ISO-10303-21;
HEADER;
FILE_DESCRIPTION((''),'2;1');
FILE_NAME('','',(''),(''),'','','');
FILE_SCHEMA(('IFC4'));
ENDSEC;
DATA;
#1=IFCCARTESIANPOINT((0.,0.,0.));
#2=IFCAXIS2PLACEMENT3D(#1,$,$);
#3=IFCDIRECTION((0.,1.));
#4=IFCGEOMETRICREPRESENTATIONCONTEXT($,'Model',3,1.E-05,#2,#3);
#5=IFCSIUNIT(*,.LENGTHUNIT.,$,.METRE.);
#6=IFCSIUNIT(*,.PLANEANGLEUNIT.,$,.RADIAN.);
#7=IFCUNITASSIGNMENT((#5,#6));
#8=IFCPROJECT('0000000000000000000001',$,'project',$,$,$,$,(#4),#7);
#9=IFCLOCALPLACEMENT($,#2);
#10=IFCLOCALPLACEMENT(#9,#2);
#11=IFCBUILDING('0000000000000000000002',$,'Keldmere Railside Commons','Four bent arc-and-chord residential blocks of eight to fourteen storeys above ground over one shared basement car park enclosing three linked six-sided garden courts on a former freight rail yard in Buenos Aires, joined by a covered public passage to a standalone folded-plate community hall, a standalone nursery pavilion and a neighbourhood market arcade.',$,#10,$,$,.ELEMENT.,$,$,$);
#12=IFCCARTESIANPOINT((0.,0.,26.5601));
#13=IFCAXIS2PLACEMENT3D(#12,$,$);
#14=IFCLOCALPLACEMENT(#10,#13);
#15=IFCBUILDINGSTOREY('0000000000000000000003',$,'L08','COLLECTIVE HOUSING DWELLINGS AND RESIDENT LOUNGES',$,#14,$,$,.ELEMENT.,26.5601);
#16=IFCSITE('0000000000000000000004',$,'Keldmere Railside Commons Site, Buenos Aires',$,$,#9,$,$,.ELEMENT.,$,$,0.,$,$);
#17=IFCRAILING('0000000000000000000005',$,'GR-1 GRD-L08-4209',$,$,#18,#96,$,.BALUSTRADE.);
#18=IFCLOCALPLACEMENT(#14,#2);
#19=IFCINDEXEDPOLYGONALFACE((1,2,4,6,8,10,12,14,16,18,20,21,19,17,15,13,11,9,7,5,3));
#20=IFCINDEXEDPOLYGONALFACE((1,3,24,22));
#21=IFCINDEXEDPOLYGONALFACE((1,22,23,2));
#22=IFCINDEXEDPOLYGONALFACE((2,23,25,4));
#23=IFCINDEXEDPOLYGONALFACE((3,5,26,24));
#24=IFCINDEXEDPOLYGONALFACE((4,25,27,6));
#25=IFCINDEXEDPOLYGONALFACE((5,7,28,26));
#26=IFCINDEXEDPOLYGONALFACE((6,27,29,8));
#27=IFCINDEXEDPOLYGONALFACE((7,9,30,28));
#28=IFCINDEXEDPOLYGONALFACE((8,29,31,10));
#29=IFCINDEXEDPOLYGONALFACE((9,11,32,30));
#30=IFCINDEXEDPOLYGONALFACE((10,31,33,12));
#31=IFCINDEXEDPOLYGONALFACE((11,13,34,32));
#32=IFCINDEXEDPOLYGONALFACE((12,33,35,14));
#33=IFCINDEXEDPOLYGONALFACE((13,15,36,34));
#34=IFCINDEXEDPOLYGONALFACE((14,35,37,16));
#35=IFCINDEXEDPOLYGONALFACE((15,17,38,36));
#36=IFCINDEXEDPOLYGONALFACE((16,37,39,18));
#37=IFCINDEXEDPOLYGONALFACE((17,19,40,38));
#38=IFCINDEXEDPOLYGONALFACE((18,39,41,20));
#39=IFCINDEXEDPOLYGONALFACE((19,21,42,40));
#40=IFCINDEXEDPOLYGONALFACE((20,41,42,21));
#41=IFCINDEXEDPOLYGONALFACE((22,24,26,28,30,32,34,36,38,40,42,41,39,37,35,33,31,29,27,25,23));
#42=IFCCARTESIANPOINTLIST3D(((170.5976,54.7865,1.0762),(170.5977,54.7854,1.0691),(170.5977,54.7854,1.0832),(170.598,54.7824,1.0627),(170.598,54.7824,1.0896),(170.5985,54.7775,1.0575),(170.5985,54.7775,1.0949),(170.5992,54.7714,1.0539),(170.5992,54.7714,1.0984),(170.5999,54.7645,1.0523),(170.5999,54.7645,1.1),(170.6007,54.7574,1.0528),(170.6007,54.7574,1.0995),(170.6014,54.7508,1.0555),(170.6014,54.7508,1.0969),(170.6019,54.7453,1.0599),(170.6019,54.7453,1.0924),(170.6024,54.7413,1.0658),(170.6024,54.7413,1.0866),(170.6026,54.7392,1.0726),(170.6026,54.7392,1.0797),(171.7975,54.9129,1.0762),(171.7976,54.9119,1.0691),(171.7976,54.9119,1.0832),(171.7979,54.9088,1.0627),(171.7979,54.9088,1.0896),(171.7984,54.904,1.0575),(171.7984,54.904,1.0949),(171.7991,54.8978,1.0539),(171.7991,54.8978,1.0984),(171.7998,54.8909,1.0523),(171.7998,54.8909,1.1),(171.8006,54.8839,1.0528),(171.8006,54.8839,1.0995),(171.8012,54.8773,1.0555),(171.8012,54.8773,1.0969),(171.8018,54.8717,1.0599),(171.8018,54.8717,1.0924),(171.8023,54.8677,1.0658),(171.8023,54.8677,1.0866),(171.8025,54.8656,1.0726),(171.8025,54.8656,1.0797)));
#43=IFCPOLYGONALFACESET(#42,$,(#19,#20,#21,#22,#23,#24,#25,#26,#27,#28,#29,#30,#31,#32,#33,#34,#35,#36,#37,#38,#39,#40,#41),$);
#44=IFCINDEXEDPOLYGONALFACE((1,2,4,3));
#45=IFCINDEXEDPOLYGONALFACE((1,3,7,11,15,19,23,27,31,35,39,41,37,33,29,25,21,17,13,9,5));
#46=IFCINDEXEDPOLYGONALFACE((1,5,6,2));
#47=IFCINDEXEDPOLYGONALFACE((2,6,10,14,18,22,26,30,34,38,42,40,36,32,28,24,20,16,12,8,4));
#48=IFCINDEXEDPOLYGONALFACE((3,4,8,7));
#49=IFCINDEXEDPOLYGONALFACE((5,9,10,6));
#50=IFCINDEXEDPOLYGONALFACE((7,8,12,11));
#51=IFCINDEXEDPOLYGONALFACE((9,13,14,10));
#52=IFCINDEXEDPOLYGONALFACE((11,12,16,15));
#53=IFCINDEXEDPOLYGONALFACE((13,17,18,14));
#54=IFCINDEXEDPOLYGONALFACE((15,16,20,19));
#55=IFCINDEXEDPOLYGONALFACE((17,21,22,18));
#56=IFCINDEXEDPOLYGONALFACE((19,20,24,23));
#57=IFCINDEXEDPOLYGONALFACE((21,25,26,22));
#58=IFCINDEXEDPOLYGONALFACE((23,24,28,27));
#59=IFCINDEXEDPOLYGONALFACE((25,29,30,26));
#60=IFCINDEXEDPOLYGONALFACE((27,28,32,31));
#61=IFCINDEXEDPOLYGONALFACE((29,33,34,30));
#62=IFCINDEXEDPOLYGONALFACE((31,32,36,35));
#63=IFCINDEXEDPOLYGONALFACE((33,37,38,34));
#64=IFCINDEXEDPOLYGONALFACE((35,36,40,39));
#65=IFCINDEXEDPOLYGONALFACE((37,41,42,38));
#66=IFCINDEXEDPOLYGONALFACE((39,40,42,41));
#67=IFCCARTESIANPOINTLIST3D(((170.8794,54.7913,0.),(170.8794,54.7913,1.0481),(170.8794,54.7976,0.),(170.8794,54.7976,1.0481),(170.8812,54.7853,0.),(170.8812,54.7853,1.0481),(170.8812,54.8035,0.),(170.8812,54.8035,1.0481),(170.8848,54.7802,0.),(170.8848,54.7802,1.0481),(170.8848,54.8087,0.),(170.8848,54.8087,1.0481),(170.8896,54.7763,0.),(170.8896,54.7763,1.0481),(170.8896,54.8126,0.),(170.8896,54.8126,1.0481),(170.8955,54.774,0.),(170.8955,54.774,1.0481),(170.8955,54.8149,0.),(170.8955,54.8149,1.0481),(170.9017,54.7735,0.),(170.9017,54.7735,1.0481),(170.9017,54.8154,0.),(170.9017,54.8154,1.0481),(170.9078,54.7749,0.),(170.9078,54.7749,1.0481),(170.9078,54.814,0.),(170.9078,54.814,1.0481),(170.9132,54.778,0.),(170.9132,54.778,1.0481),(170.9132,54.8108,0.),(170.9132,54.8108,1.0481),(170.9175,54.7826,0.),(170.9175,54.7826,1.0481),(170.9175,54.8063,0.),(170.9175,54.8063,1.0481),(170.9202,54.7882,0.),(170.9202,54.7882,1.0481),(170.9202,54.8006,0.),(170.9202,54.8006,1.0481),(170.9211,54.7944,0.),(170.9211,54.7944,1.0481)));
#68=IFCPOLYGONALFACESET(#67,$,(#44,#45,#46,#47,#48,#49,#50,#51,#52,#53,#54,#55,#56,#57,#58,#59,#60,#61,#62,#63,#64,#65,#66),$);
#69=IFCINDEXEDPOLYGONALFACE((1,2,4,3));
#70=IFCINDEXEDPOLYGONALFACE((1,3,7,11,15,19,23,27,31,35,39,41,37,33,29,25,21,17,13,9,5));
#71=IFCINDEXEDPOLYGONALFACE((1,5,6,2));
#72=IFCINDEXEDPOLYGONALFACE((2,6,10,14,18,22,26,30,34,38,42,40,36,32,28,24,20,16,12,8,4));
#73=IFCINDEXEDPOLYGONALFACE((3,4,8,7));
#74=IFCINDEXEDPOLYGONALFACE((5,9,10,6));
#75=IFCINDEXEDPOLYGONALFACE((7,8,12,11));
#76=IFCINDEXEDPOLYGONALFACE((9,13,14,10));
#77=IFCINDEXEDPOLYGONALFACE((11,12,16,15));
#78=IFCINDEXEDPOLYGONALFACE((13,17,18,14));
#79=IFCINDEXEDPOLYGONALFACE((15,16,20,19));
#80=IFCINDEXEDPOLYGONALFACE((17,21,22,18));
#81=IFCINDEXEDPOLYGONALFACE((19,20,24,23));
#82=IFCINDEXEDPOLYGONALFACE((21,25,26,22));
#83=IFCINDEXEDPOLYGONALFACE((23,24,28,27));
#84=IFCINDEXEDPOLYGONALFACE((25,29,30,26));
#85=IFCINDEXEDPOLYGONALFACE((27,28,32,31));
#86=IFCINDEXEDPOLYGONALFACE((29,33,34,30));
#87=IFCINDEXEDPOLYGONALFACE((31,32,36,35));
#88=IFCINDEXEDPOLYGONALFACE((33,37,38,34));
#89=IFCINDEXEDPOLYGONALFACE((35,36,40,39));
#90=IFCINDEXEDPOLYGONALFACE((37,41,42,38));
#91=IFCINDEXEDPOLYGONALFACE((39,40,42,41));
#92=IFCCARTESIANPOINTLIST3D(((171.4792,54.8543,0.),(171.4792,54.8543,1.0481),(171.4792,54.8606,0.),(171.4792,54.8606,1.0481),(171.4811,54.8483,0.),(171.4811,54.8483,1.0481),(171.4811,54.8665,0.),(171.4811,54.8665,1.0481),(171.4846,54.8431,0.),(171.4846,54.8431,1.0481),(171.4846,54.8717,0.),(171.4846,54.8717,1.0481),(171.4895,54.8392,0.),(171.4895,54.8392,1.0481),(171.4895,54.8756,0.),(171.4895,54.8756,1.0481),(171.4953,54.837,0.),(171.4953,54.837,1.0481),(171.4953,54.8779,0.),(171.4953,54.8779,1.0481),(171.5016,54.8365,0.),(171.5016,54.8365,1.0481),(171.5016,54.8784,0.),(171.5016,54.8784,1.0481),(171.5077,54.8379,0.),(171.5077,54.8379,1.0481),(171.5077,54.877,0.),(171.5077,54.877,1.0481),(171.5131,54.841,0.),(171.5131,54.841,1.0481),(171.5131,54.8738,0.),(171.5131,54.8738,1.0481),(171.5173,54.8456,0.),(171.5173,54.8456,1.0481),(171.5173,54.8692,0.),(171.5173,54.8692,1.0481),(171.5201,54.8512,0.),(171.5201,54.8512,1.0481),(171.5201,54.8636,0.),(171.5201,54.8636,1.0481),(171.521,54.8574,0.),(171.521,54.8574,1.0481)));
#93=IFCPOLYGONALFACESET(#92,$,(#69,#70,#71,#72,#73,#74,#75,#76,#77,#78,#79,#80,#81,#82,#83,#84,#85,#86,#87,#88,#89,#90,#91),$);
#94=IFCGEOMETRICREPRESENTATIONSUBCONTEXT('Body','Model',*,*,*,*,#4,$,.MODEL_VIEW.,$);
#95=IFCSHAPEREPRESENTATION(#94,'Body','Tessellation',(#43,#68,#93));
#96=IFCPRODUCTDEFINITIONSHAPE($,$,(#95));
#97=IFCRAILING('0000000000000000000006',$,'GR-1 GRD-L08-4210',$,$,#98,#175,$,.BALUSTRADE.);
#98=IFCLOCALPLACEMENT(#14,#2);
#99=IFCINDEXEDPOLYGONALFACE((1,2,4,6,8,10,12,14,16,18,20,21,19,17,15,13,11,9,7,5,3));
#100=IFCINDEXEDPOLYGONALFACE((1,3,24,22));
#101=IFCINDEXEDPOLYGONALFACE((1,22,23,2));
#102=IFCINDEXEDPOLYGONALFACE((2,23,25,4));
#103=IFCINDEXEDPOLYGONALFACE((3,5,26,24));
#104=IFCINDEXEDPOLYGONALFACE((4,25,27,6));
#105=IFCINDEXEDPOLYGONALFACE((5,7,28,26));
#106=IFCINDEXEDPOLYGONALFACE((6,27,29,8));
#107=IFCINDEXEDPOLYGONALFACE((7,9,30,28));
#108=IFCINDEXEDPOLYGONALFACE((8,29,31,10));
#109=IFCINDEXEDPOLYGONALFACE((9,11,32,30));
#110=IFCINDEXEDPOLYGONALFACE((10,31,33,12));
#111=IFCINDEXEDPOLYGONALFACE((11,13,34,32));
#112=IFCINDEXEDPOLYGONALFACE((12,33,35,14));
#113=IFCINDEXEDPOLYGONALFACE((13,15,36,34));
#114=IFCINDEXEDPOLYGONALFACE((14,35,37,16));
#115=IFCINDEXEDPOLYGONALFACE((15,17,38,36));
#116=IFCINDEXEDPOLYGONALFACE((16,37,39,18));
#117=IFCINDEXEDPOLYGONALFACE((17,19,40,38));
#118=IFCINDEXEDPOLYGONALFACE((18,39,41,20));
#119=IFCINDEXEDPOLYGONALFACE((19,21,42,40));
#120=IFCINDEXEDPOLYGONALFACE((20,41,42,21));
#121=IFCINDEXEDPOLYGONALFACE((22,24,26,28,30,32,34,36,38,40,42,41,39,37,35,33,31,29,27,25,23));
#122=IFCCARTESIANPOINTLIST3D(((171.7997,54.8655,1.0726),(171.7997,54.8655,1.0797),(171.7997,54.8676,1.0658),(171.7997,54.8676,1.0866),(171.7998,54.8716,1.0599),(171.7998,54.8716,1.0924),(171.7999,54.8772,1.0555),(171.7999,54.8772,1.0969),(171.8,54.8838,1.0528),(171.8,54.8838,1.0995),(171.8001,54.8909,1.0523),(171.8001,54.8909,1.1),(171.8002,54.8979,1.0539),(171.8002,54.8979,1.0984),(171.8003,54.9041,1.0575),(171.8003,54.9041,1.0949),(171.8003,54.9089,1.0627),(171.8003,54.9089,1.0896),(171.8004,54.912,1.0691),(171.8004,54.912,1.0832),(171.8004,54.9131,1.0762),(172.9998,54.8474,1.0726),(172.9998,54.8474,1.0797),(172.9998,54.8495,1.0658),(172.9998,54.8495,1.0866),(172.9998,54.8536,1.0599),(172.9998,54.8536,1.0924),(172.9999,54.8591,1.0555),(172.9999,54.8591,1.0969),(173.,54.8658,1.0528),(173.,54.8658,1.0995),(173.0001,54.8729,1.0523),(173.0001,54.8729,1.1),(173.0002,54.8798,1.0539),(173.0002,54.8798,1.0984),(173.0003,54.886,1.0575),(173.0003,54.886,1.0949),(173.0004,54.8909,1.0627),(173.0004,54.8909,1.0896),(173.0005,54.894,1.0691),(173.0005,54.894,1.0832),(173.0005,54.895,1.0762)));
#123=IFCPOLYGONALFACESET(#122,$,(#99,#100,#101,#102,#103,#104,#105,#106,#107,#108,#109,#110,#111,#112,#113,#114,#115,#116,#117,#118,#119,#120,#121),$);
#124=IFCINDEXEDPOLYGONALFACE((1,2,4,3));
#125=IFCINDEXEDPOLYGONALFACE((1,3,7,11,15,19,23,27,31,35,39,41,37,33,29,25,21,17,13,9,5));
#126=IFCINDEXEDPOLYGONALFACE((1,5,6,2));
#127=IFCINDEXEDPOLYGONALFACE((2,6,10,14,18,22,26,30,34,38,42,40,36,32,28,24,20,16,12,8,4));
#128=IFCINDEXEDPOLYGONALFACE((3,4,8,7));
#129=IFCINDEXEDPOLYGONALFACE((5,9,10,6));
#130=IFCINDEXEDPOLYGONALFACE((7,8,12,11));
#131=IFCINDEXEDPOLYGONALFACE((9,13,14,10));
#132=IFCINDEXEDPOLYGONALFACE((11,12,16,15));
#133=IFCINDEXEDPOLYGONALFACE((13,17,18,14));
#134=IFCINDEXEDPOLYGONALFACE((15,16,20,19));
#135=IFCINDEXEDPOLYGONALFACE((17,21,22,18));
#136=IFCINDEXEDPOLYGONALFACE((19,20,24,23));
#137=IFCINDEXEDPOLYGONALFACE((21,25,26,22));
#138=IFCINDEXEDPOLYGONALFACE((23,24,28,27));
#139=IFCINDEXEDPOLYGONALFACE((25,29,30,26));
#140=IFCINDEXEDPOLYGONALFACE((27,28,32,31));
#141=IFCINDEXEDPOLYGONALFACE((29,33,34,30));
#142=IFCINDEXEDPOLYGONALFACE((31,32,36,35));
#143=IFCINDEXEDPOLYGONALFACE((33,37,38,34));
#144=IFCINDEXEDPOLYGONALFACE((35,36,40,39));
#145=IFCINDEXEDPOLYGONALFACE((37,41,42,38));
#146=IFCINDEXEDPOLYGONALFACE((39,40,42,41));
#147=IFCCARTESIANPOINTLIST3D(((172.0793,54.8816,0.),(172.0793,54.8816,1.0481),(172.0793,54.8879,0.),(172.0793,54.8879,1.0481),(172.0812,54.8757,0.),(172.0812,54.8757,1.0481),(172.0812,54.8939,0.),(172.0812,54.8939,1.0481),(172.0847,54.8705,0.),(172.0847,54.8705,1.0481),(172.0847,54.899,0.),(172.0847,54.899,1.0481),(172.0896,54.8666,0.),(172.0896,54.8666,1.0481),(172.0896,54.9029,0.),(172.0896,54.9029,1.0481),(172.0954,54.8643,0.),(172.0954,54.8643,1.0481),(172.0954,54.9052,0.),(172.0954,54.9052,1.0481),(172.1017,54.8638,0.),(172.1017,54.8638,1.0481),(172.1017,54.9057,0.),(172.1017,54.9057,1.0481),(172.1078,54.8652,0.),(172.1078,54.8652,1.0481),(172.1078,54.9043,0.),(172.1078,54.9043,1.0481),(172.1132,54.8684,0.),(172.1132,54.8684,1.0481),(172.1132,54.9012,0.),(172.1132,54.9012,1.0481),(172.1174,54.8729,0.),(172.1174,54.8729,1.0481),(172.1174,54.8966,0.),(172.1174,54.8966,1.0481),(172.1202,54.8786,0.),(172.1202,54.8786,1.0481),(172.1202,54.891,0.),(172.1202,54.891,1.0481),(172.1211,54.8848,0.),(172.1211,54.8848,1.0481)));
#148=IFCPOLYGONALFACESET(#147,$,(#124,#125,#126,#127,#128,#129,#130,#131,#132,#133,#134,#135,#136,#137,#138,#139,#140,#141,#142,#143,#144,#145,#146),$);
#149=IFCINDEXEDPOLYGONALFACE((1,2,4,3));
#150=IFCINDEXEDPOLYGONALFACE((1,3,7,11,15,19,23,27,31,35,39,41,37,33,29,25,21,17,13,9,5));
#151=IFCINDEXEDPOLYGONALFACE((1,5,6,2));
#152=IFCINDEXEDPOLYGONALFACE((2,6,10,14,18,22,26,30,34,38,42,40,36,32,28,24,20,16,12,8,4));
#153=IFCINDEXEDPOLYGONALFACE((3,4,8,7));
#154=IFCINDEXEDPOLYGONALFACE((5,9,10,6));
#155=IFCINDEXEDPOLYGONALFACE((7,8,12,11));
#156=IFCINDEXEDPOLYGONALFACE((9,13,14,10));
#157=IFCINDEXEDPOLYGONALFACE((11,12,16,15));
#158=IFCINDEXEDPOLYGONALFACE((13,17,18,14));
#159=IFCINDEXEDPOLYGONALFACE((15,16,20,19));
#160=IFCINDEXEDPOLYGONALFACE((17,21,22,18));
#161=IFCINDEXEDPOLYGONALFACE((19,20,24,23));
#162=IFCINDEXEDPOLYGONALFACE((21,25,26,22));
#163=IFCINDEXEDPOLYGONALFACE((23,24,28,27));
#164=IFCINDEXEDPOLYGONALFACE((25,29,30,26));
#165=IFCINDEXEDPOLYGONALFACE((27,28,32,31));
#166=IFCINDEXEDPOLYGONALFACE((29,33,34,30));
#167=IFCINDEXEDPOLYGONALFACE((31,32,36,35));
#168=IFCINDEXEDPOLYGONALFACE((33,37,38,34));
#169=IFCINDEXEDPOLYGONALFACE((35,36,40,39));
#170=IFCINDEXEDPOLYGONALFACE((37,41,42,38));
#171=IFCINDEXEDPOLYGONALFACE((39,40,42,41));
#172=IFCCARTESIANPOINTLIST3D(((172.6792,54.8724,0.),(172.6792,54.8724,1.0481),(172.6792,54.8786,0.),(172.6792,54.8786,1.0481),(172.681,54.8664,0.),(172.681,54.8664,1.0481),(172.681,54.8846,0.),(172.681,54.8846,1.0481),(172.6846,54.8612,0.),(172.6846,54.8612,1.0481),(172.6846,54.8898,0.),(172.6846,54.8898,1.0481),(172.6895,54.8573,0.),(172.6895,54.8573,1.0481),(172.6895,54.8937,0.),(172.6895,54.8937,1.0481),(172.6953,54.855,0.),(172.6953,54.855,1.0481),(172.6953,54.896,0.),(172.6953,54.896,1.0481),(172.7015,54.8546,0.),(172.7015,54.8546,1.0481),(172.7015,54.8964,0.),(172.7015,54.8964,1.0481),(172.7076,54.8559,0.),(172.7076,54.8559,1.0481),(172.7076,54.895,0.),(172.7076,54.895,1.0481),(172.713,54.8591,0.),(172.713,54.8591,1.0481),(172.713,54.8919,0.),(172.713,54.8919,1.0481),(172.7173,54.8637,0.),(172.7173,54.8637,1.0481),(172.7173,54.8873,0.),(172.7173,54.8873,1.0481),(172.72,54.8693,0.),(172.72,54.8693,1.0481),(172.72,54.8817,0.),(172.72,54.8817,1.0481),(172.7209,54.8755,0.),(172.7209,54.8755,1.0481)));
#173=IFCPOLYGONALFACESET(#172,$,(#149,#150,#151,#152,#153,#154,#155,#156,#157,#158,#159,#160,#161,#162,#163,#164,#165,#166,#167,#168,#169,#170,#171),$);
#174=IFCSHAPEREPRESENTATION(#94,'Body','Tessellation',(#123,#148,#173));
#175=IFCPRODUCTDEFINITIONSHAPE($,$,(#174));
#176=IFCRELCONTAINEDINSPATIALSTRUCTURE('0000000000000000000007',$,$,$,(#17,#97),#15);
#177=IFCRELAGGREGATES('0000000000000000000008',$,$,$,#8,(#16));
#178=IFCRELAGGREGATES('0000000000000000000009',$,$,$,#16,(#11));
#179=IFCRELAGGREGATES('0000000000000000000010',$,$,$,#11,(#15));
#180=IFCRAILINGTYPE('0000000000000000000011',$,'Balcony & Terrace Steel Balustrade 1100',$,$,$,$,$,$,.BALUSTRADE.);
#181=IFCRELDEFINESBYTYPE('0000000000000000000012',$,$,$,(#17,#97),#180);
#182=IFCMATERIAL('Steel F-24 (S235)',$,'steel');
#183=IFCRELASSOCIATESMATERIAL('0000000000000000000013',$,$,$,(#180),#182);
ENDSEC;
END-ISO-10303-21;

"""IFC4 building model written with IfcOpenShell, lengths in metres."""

from ifc_helpers import new_model, si_unit, direction, frame, origin, origin_2d, place, context, subcontext, project, spatial, circle, extrude, material, type_object, element, save


model = new_model("IFC4")

# Units and contexts
model_context = context("Model", 3, precision=1e-05, world=origin(), true_north=direction((0.0, 1.0)))
body_context = subcontext(model_context, "Body", "Model", "MODEL_VIEW")
ifc_project = project(units=[si_unit("LENGTHUNIT", "METRE"), si_unit("PLANEANGLEUNIT", "RADIAN")], contexts=[model_context])

# Site, building, storey
site_placement = place(None, origin())
site = spatial("IfcSite", under=ifc_project, at=site_placement, Name="Keldmere Railside Commons Site, Buenos Aires", CompositionType="ELEMENT", RefElevation=0.0)
building_placement = place(site_placement, origin())
building = spatial("IfcBuilding", under=site, at=building_placement, Name="Keldmere Railside Commons", Description="Four bent arc-and-chord residential blocks of eight to fourteen storeys above ground over one shared basement car park enclosing three linked six-sided garden courts on a former freight rail yard in Buenos Aires, joined by a covered public passage to a standalone folded-plate community hall, a standalone nursery pavilion and a neighbourhood market arcade.", CompositionType="ELEMENT")
storey_placement = place(building_placement, frame((0.0, 0.0, 26.5601)))
storey = spatial("IfcBuildingStorey", under=building, at=storey_placement, Name="L08", Description="COLLECTIVE HOUSING DWELLINGS AND RESIDENT LOUNGES", CompositionType="ELEMENT", Elevation=26.5601)

# Railings
ifc_material_1 = material(Name="Steel F-24 (S235)", Category="steel")
railing_type = type_object("IfcRailingType", Name="Balcony & Terrace Steel Balustrade 1100", PredefinedType="BALUSTRADE", material=ifc_material_1)
railing_1_placement = place(storey_placement, frame((170.6001, 54.7627, 0.0)))
element("IfcRailing", 1, at=railing_1_placement, inside=storey, type_object=railing_type, Name="GR-1 GRD-L08-4209", PredefinedType="BALUSTRADE", context=body_context, shape_type="SweptSolid", body=[
    extrude(circle(Radius=0.0239, at=origin_2d()), frame((0.0, 0.0, 1.0762), z_axis=(0.994492, 0.104811, 0.0), x_axis=(-0.104811, 0.994492, 0.0)), (0.0, 0.0, 1.0), 1.2065),
    extrude(circle(Radius=0.021, at=origin_2d()), frame((0.3, 0.0317, 0.0)), (0.0, 0.0, 1.0), 1.0481),
    extrude(circle(Radius=0.021, at=origin_2d()), frame((0.8999, 0.0947, 0.0)), (0.0, 0.0, 1.0), 1.0481),
])
railing_2_placement = place(storey_placement, frame((171.8, 54.8892, 0.0)))
element("IfcRailing", 2, at=railing_2_placement, inside=storey, type_object=railing_type, Name="GR-1 GRD-L08-4210", PredefinedType="BALUSTRADE", context=body_context, shape_type="SweptSolid", body=[
    extrude(circle(Radius=0.0239, at=origin_2d()), frame((0.0, 0.0, 1.0762), z_axis=(0.999887, -0.015054, 0.0), x_axis=(0.015054, 0.999887, 0.0)), (0.0, 0.0, 1.0), 1.2002),
    extrude(circle(Radius=0.021, at=origin_2d()), frame((0.3, -0.0044, 0.0)), (0.0, 0.0, 1.0), 1.0481),
    extrude(circle(Radius=0.021, at=origin_2d()), frame((0.8999, -0.0137, 0.0)), (0.0, 0.0, 1.0), 1.0481),
])

save(model, "model.ifc")
